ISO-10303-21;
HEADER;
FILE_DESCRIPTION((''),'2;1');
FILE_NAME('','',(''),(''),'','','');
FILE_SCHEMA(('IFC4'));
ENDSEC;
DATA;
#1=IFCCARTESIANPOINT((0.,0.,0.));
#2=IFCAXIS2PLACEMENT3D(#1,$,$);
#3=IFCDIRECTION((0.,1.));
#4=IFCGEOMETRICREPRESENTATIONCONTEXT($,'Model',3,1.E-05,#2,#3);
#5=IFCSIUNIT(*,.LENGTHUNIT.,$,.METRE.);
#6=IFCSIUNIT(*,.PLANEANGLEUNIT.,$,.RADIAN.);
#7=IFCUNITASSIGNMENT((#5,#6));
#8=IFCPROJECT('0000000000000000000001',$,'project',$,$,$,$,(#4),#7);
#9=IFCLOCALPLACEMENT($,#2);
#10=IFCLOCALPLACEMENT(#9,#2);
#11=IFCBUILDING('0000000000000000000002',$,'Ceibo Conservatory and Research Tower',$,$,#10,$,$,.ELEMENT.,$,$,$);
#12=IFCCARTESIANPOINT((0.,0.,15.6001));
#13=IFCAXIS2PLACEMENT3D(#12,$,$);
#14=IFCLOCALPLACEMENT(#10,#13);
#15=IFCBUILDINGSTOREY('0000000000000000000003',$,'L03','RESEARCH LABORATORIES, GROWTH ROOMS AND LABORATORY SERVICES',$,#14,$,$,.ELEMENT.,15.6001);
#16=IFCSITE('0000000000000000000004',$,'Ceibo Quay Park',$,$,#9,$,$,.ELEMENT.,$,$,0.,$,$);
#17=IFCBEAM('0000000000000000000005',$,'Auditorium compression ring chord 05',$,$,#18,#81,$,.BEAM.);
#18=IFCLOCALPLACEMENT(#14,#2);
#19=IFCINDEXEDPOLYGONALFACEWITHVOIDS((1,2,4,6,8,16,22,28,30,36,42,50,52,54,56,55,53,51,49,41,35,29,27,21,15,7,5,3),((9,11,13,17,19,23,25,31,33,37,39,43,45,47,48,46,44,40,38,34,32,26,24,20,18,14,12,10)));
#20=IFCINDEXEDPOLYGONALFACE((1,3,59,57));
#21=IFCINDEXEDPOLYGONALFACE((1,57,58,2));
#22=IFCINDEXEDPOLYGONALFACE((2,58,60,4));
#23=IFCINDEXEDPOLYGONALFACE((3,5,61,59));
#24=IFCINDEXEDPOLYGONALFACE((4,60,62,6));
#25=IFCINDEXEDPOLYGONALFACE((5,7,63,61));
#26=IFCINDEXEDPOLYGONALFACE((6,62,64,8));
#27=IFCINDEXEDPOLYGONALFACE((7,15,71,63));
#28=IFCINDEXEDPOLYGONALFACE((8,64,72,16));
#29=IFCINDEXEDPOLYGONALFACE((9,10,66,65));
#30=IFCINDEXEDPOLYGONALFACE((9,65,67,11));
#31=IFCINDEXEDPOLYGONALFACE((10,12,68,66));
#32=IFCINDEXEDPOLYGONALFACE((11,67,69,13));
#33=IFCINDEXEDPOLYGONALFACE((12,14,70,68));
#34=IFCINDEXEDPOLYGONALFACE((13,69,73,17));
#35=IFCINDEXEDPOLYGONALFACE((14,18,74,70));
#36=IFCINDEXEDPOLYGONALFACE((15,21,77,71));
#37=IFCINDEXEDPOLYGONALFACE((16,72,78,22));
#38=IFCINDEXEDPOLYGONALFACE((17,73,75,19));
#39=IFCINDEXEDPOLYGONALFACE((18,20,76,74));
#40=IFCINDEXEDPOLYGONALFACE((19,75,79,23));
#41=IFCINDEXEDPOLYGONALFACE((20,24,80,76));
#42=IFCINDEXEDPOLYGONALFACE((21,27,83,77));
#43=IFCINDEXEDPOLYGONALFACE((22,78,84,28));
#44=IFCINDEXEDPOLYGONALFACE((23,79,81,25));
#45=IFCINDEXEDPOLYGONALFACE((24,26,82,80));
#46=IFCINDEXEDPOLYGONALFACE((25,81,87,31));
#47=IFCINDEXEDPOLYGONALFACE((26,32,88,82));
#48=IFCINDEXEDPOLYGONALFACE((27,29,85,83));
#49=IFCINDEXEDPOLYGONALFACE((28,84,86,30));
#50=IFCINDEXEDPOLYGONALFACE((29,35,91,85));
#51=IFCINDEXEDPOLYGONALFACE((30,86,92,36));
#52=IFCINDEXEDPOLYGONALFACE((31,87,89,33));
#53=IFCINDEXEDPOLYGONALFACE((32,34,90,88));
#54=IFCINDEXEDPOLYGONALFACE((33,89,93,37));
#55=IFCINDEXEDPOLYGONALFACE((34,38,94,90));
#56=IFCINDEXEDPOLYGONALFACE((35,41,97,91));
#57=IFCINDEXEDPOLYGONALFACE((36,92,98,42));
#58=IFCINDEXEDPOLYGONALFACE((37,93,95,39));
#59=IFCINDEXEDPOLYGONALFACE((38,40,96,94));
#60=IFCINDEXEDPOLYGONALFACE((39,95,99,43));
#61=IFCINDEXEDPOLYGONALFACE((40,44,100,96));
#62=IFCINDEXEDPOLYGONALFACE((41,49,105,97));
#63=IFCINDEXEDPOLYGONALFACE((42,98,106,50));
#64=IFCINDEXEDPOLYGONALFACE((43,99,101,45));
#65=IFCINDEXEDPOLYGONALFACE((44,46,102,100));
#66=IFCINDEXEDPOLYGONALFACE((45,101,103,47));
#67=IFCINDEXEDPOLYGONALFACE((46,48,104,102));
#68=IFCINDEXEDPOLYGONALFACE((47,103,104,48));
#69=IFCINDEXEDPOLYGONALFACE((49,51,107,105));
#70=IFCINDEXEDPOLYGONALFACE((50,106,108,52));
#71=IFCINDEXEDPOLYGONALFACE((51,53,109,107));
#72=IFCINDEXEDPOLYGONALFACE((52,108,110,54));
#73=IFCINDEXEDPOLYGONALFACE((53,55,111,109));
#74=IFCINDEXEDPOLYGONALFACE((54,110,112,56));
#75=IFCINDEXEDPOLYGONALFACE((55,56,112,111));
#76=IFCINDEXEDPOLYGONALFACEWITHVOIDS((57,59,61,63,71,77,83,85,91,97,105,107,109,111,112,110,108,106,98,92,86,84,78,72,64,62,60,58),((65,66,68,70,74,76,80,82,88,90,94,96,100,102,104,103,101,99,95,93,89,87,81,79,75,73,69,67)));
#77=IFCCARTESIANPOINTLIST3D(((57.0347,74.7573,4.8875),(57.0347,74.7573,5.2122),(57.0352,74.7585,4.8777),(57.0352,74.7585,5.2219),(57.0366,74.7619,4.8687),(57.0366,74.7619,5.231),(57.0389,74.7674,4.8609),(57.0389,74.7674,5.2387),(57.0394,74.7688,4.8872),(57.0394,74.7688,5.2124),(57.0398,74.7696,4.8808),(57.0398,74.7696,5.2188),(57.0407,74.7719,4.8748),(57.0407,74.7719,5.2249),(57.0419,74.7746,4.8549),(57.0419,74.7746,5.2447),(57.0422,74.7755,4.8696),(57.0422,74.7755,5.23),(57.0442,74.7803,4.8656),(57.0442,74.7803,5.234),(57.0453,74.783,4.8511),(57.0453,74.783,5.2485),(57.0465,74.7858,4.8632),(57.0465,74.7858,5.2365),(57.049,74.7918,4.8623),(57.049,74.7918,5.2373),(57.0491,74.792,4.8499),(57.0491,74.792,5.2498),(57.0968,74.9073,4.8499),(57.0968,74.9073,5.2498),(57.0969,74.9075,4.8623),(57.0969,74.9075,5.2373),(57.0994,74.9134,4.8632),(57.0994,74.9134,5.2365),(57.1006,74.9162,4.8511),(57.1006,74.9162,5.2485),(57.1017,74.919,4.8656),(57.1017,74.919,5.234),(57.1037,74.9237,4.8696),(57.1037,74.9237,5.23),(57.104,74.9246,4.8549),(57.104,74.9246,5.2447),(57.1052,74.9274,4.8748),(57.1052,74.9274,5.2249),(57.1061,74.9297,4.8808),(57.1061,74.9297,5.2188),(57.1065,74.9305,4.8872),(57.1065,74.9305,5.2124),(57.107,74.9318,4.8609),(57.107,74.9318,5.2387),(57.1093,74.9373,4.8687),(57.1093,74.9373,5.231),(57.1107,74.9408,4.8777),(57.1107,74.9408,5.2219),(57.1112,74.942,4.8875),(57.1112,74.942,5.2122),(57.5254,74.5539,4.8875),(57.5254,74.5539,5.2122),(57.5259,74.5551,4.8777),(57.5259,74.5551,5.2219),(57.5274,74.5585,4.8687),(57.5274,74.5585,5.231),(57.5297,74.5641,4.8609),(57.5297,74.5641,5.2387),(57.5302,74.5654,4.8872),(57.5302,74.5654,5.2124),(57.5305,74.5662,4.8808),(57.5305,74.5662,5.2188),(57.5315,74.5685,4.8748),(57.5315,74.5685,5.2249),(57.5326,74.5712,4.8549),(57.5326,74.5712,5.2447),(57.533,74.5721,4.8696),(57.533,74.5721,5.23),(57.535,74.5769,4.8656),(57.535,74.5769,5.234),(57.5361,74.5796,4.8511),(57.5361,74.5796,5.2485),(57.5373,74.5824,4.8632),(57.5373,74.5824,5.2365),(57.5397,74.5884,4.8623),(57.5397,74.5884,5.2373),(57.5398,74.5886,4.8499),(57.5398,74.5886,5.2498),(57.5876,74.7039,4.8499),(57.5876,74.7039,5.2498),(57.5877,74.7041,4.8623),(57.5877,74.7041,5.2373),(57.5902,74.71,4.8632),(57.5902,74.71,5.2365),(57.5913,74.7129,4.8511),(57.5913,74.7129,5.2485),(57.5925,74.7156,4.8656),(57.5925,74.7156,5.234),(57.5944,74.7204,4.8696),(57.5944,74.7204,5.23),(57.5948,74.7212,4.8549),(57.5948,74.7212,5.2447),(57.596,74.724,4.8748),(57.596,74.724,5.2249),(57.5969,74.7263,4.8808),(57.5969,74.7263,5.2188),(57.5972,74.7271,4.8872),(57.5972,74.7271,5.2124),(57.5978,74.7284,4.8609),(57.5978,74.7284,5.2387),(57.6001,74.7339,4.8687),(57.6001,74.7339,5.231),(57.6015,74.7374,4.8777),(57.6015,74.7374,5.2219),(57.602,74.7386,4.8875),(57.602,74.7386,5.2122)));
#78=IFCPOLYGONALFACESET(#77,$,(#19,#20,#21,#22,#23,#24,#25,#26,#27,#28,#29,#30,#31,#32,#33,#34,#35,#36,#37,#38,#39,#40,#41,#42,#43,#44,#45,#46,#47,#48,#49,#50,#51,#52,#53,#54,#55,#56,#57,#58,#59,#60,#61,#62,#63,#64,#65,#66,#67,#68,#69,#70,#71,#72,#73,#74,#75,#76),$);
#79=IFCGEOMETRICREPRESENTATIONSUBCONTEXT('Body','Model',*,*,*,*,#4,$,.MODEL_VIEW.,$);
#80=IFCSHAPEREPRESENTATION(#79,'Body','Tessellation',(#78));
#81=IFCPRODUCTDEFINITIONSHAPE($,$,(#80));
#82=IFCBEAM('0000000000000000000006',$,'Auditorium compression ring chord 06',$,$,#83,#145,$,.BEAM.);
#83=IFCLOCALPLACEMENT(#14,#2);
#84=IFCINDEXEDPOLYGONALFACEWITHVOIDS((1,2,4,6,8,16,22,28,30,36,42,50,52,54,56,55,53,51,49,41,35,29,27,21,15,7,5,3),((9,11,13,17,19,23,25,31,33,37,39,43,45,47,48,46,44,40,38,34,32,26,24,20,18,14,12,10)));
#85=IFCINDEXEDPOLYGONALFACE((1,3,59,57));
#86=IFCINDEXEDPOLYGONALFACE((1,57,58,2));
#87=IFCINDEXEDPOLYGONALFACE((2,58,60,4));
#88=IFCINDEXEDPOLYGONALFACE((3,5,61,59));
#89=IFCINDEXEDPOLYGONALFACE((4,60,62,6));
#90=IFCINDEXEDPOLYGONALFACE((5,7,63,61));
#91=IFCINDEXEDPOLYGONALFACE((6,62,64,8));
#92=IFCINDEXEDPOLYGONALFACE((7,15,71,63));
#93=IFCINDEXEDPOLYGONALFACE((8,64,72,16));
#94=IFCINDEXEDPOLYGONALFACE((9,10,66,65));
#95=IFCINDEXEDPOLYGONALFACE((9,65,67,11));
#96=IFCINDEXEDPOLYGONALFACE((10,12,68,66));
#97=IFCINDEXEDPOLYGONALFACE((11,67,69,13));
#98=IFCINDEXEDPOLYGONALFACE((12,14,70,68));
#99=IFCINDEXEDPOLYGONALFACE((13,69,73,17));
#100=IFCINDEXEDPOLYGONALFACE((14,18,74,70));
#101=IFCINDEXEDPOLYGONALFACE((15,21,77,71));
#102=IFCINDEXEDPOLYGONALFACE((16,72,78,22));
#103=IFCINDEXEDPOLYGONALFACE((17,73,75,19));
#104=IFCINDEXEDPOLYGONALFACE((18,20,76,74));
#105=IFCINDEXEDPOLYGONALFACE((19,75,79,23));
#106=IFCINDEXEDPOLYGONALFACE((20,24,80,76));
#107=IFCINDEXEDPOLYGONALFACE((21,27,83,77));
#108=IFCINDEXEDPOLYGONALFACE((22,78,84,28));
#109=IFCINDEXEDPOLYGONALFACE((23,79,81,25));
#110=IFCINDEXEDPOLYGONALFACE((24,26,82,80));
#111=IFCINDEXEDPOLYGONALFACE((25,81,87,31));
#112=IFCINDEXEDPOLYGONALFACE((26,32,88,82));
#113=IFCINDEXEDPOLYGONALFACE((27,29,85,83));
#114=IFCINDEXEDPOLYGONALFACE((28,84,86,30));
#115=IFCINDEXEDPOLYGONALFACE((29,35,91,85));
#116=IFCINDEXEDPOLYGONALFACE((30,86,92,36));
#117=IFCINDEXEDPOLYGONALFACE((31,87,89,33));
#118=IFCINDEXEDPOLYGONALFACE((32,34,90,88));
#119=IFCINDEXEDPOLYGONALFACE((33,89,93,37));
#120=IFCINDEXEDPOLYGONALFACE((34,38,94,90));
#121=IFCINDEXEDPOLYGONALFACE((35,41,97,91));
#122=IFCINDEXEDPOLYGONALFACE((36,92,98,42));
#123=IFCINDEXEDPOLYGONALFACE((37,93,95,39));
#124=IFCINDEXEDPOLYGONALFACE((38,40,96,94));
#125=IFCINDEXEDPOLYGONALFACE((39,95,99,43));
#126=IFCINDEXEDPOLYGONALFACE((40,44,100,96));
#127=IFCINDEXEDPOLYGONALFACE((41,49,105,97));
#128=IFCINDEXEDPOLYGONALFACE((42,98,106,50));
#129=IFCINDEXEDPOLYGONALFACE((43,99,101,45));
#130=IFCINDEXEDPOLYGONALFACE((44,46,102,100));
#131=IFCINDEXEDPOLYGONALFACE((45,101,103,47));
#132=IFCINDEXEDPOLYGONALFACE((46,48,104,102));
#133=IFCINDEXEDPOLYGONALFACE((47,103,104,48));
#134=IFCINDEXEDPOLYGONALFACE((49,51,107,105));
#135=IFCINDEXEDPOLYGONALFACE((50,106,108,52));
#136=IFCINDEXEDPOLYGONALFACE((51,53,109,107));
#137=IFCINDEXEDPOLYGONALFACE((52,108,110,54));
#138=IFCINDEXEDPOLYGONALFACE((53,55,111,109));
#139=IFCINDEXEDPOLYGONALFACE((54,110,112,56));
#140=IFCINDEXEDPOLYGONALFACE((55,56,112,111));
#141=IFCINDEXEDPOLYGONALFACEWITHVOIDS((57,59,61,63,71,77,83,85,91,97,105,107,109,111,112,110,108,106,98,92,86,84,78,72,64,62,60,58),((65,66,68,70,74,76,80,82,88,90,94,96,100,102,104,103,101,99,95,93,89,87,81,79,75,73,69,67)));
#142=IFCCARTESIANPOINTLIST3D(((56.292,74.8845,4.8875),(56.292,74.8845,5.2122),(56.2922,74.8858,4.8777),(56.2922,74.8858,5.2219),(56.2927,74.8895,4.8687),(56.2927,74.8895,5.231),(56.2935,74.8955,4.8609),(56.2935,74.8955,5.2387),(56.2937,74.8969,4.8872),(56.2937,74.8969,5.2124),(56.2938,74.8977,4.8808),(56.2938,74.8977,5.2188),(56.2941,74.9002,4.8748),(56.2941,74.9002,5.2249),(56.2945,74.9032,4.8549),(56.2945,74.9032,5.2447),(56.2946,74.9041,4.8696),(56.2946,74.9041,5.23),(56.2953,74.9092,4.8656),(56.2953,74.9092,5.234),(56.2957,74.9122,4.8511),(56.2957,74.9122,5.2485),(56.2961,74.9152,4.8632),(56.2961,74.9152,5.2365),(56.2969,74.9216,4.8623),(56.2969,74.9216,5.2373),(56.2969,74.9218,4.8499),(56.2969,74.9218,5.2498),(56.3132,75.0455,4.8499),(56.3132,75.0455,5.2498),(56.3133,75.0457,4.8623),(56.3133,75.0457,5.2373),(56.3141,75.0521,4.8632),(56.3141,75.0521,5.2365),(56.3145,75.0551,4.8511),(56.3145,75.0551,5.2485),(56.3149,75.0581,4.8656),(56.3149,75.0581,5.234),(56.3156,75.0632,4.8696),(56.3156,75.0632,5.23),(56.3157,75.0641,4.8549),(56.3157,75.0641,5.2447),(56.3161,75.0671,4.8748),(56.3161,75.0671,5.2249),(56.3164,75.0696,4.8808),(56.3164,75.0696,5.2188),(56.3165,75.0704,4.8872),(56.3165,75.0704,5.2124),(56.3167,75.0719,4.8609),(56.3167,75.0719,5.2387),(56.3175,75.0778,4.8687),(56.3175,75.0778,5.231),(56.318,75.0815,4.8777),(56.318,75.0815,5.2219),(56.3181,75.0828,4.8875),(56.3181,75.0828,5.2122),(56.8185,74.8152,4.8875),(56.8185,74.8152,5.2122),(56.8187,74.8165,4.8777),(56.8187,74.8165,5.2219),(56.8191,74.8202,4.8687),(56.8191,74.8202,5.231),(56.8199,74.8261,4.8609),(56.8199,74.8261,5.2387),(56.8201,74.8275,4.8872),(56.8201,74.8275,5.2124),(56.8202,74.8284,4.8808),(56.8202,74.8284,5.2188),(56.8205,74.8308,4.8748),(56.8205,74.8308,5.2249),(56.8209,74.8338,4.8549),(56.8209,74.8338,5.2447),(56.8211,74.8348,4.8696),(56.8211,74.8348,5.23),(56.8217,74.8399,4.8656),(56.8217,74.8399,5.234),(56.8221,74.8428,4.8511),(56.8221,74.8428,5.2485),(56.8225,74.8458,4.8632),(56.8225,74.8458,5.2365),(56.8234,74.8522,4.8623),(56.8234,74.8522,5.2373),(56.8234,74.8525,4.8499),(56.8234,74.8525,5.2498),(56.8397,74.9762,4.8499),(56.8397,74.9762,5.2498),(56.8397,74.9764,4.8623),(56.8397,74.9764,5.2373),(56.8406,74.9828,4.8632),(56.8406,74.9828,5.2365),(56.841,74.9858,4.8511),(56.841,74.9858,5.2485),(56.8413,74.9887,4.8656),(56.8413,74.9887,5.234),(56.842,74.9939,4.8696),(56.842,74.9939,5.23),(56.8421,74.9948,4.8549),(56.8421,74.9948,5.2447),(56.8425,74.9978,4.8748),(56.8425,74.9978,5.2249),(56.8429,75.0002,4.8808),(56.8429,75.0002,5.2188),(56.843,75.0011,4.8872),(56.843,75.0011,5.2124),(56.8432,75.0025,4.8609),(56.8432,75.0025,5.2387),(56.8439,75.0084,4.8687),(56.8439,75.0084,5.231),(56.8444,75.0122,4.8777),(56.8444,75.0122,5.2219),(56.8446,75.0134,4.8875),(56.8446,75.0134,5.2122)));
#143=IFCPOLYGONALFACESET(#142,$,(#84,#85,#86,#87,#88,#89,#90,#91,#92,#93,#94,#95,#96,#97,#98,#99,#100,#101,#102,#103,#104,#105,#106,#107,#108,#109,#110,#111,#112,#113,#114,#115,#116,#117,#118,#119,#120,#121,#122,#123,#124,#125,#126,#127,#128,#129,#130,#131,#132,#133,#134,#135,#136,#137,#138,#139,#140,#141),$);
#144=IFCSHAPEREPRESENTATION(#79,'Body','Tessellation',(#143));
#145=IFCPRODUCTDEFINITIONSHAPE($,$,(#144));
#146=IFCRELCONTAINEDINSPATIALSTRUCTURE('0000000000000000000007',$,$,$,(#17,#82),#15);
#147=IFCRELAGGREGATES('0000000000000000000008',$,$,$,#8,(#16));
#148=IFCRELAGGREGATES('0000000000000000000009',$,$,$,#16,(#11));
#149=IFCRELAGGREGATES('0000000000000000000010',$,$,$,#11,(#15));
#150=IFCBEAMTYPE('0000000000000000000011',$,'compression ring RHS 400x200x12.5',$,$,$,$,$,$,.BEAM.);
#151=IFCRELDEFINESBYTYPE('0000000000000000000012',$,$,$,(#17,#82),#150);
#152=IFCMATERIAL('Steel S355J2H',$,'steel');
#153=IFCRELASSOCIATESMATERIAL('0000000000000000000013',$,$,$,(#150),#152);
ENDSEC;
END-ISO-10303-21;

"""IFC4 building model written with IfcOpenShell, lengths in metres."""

from ifc_helpers import new_model, si_unit, direction, frame, origin, origin_2d, place, context, subcontext, project, spatial, hollow_rectangle, extrude, material, material_profile, profile_set, type_object, element, save


model = new_model("IFC4")

# Units and contexts
model_context = context("Model", 3, precision=1e-05, world=origin(), true_north=direction((0.0, 1.0)))
body_context = subcontext(model_context, "Body", "Model", "MODEL_VIEW")
ifc_project = project(units=[si_unit("LENGTHUNIT", "METRE"), si_unit("PLANEANGLEUNIT", "RADIAN")], contexts=[model_context])

# Site, building, storey
site_placement = place(None, origin())
site = spatial("IfcSite", under=ifc_project, at=site_placement, Name="Ceibo Quay Park", CompositionType="ELEMENT", RefElevation=0.0)
building_placement = place(site_placement, origin())
building = spatial("IfcBuilding", under=site, at=building_placement, Name="Ceibo Conservatory and Research Tower", CompositionType="ELEMENT")
storey_placement = place(building_placement, frame((0.0, 0.0, 15.6001)))
storey = spatial("IfcBuildingStorey", under=building, at=storey_placement, Name="L03", Description="RESEARCH LABORATORIES, GROWTH ROOMS AND LABORATORY SERVICES", CompositionType="ELEMENT", Elevation=15.6001)

# Beams
ifc_material_1 = material(Name="Steel S355J2H", Category="steel")
ifc_material_profile_1 = material_profile(ifc_material_1, hollow_rectangle(XDim=0.2, YDim=0.3999, WallThickness=0.0125, InnerFilletRadius=0.0249, OuterFilletRadius=0.0376, at=origin_2d()), Name="RHS 400x200x12.5")
ifc_profile_set_1 = profile_set([ifc_material_profile_1], Name="Steel S355J2H")
beam_type_1 = type_object("IfcBeamType", Name="compression ring RHS 400x200x12.5", PredefinedType="BEAM", material=ifc_profile_set_1)
beam_1_placement = place(storey_placement, frame((57.5637, 74.6462, 5.0498), z_axis=(-0.92381, 0.382852, 0.0), x_axis=(-0.382852, -0.92381, 0.0)))
element("IfcBeam", 1, at=beam_1_placement, inside=storey, type_object=beam_type_1, Name="Auditorium compression ring chord 05", PredefinedType="BEAM", context=body_context, shape_type="SweptSolid", body=[
    extrude(hollow_rectangle(XDim=0.2, YDim=0.3999, WallThickness=0.0125, InnerFilletRadius=0.0249, OuterFilletRadius=0.0376, at=origin_2d()), origin(), (0.0, 0.0, 1.0), 0.5312),
])
beam_2_placement = place(storey_placement, frame((56.8315, 74.9143, 5.0498), z_axis=(-0.991436, 0.130597, 0.0), x_axis=(-0.130597, -0.991436, 0.0)))
element("IfcBeam", 2, at=beam_2_placement, inside=storey, type_object=beam_type_1, Name="Auditorium compression ring chord 06", PredefinedType="BEAM", context=body_context, shape_type="SweptSolid", body=[
    extrude(hollow_rectangle(XDim=0.2, YDim=0.3999, WallThickness=0.0125, InnerFilletRadius=0.0249, OuterFilletRadius=0.0376, at=origin_2d()), origin(), (0.0, 0.0, 1.0), 0.531),
])

save(model, "model.ifc")
